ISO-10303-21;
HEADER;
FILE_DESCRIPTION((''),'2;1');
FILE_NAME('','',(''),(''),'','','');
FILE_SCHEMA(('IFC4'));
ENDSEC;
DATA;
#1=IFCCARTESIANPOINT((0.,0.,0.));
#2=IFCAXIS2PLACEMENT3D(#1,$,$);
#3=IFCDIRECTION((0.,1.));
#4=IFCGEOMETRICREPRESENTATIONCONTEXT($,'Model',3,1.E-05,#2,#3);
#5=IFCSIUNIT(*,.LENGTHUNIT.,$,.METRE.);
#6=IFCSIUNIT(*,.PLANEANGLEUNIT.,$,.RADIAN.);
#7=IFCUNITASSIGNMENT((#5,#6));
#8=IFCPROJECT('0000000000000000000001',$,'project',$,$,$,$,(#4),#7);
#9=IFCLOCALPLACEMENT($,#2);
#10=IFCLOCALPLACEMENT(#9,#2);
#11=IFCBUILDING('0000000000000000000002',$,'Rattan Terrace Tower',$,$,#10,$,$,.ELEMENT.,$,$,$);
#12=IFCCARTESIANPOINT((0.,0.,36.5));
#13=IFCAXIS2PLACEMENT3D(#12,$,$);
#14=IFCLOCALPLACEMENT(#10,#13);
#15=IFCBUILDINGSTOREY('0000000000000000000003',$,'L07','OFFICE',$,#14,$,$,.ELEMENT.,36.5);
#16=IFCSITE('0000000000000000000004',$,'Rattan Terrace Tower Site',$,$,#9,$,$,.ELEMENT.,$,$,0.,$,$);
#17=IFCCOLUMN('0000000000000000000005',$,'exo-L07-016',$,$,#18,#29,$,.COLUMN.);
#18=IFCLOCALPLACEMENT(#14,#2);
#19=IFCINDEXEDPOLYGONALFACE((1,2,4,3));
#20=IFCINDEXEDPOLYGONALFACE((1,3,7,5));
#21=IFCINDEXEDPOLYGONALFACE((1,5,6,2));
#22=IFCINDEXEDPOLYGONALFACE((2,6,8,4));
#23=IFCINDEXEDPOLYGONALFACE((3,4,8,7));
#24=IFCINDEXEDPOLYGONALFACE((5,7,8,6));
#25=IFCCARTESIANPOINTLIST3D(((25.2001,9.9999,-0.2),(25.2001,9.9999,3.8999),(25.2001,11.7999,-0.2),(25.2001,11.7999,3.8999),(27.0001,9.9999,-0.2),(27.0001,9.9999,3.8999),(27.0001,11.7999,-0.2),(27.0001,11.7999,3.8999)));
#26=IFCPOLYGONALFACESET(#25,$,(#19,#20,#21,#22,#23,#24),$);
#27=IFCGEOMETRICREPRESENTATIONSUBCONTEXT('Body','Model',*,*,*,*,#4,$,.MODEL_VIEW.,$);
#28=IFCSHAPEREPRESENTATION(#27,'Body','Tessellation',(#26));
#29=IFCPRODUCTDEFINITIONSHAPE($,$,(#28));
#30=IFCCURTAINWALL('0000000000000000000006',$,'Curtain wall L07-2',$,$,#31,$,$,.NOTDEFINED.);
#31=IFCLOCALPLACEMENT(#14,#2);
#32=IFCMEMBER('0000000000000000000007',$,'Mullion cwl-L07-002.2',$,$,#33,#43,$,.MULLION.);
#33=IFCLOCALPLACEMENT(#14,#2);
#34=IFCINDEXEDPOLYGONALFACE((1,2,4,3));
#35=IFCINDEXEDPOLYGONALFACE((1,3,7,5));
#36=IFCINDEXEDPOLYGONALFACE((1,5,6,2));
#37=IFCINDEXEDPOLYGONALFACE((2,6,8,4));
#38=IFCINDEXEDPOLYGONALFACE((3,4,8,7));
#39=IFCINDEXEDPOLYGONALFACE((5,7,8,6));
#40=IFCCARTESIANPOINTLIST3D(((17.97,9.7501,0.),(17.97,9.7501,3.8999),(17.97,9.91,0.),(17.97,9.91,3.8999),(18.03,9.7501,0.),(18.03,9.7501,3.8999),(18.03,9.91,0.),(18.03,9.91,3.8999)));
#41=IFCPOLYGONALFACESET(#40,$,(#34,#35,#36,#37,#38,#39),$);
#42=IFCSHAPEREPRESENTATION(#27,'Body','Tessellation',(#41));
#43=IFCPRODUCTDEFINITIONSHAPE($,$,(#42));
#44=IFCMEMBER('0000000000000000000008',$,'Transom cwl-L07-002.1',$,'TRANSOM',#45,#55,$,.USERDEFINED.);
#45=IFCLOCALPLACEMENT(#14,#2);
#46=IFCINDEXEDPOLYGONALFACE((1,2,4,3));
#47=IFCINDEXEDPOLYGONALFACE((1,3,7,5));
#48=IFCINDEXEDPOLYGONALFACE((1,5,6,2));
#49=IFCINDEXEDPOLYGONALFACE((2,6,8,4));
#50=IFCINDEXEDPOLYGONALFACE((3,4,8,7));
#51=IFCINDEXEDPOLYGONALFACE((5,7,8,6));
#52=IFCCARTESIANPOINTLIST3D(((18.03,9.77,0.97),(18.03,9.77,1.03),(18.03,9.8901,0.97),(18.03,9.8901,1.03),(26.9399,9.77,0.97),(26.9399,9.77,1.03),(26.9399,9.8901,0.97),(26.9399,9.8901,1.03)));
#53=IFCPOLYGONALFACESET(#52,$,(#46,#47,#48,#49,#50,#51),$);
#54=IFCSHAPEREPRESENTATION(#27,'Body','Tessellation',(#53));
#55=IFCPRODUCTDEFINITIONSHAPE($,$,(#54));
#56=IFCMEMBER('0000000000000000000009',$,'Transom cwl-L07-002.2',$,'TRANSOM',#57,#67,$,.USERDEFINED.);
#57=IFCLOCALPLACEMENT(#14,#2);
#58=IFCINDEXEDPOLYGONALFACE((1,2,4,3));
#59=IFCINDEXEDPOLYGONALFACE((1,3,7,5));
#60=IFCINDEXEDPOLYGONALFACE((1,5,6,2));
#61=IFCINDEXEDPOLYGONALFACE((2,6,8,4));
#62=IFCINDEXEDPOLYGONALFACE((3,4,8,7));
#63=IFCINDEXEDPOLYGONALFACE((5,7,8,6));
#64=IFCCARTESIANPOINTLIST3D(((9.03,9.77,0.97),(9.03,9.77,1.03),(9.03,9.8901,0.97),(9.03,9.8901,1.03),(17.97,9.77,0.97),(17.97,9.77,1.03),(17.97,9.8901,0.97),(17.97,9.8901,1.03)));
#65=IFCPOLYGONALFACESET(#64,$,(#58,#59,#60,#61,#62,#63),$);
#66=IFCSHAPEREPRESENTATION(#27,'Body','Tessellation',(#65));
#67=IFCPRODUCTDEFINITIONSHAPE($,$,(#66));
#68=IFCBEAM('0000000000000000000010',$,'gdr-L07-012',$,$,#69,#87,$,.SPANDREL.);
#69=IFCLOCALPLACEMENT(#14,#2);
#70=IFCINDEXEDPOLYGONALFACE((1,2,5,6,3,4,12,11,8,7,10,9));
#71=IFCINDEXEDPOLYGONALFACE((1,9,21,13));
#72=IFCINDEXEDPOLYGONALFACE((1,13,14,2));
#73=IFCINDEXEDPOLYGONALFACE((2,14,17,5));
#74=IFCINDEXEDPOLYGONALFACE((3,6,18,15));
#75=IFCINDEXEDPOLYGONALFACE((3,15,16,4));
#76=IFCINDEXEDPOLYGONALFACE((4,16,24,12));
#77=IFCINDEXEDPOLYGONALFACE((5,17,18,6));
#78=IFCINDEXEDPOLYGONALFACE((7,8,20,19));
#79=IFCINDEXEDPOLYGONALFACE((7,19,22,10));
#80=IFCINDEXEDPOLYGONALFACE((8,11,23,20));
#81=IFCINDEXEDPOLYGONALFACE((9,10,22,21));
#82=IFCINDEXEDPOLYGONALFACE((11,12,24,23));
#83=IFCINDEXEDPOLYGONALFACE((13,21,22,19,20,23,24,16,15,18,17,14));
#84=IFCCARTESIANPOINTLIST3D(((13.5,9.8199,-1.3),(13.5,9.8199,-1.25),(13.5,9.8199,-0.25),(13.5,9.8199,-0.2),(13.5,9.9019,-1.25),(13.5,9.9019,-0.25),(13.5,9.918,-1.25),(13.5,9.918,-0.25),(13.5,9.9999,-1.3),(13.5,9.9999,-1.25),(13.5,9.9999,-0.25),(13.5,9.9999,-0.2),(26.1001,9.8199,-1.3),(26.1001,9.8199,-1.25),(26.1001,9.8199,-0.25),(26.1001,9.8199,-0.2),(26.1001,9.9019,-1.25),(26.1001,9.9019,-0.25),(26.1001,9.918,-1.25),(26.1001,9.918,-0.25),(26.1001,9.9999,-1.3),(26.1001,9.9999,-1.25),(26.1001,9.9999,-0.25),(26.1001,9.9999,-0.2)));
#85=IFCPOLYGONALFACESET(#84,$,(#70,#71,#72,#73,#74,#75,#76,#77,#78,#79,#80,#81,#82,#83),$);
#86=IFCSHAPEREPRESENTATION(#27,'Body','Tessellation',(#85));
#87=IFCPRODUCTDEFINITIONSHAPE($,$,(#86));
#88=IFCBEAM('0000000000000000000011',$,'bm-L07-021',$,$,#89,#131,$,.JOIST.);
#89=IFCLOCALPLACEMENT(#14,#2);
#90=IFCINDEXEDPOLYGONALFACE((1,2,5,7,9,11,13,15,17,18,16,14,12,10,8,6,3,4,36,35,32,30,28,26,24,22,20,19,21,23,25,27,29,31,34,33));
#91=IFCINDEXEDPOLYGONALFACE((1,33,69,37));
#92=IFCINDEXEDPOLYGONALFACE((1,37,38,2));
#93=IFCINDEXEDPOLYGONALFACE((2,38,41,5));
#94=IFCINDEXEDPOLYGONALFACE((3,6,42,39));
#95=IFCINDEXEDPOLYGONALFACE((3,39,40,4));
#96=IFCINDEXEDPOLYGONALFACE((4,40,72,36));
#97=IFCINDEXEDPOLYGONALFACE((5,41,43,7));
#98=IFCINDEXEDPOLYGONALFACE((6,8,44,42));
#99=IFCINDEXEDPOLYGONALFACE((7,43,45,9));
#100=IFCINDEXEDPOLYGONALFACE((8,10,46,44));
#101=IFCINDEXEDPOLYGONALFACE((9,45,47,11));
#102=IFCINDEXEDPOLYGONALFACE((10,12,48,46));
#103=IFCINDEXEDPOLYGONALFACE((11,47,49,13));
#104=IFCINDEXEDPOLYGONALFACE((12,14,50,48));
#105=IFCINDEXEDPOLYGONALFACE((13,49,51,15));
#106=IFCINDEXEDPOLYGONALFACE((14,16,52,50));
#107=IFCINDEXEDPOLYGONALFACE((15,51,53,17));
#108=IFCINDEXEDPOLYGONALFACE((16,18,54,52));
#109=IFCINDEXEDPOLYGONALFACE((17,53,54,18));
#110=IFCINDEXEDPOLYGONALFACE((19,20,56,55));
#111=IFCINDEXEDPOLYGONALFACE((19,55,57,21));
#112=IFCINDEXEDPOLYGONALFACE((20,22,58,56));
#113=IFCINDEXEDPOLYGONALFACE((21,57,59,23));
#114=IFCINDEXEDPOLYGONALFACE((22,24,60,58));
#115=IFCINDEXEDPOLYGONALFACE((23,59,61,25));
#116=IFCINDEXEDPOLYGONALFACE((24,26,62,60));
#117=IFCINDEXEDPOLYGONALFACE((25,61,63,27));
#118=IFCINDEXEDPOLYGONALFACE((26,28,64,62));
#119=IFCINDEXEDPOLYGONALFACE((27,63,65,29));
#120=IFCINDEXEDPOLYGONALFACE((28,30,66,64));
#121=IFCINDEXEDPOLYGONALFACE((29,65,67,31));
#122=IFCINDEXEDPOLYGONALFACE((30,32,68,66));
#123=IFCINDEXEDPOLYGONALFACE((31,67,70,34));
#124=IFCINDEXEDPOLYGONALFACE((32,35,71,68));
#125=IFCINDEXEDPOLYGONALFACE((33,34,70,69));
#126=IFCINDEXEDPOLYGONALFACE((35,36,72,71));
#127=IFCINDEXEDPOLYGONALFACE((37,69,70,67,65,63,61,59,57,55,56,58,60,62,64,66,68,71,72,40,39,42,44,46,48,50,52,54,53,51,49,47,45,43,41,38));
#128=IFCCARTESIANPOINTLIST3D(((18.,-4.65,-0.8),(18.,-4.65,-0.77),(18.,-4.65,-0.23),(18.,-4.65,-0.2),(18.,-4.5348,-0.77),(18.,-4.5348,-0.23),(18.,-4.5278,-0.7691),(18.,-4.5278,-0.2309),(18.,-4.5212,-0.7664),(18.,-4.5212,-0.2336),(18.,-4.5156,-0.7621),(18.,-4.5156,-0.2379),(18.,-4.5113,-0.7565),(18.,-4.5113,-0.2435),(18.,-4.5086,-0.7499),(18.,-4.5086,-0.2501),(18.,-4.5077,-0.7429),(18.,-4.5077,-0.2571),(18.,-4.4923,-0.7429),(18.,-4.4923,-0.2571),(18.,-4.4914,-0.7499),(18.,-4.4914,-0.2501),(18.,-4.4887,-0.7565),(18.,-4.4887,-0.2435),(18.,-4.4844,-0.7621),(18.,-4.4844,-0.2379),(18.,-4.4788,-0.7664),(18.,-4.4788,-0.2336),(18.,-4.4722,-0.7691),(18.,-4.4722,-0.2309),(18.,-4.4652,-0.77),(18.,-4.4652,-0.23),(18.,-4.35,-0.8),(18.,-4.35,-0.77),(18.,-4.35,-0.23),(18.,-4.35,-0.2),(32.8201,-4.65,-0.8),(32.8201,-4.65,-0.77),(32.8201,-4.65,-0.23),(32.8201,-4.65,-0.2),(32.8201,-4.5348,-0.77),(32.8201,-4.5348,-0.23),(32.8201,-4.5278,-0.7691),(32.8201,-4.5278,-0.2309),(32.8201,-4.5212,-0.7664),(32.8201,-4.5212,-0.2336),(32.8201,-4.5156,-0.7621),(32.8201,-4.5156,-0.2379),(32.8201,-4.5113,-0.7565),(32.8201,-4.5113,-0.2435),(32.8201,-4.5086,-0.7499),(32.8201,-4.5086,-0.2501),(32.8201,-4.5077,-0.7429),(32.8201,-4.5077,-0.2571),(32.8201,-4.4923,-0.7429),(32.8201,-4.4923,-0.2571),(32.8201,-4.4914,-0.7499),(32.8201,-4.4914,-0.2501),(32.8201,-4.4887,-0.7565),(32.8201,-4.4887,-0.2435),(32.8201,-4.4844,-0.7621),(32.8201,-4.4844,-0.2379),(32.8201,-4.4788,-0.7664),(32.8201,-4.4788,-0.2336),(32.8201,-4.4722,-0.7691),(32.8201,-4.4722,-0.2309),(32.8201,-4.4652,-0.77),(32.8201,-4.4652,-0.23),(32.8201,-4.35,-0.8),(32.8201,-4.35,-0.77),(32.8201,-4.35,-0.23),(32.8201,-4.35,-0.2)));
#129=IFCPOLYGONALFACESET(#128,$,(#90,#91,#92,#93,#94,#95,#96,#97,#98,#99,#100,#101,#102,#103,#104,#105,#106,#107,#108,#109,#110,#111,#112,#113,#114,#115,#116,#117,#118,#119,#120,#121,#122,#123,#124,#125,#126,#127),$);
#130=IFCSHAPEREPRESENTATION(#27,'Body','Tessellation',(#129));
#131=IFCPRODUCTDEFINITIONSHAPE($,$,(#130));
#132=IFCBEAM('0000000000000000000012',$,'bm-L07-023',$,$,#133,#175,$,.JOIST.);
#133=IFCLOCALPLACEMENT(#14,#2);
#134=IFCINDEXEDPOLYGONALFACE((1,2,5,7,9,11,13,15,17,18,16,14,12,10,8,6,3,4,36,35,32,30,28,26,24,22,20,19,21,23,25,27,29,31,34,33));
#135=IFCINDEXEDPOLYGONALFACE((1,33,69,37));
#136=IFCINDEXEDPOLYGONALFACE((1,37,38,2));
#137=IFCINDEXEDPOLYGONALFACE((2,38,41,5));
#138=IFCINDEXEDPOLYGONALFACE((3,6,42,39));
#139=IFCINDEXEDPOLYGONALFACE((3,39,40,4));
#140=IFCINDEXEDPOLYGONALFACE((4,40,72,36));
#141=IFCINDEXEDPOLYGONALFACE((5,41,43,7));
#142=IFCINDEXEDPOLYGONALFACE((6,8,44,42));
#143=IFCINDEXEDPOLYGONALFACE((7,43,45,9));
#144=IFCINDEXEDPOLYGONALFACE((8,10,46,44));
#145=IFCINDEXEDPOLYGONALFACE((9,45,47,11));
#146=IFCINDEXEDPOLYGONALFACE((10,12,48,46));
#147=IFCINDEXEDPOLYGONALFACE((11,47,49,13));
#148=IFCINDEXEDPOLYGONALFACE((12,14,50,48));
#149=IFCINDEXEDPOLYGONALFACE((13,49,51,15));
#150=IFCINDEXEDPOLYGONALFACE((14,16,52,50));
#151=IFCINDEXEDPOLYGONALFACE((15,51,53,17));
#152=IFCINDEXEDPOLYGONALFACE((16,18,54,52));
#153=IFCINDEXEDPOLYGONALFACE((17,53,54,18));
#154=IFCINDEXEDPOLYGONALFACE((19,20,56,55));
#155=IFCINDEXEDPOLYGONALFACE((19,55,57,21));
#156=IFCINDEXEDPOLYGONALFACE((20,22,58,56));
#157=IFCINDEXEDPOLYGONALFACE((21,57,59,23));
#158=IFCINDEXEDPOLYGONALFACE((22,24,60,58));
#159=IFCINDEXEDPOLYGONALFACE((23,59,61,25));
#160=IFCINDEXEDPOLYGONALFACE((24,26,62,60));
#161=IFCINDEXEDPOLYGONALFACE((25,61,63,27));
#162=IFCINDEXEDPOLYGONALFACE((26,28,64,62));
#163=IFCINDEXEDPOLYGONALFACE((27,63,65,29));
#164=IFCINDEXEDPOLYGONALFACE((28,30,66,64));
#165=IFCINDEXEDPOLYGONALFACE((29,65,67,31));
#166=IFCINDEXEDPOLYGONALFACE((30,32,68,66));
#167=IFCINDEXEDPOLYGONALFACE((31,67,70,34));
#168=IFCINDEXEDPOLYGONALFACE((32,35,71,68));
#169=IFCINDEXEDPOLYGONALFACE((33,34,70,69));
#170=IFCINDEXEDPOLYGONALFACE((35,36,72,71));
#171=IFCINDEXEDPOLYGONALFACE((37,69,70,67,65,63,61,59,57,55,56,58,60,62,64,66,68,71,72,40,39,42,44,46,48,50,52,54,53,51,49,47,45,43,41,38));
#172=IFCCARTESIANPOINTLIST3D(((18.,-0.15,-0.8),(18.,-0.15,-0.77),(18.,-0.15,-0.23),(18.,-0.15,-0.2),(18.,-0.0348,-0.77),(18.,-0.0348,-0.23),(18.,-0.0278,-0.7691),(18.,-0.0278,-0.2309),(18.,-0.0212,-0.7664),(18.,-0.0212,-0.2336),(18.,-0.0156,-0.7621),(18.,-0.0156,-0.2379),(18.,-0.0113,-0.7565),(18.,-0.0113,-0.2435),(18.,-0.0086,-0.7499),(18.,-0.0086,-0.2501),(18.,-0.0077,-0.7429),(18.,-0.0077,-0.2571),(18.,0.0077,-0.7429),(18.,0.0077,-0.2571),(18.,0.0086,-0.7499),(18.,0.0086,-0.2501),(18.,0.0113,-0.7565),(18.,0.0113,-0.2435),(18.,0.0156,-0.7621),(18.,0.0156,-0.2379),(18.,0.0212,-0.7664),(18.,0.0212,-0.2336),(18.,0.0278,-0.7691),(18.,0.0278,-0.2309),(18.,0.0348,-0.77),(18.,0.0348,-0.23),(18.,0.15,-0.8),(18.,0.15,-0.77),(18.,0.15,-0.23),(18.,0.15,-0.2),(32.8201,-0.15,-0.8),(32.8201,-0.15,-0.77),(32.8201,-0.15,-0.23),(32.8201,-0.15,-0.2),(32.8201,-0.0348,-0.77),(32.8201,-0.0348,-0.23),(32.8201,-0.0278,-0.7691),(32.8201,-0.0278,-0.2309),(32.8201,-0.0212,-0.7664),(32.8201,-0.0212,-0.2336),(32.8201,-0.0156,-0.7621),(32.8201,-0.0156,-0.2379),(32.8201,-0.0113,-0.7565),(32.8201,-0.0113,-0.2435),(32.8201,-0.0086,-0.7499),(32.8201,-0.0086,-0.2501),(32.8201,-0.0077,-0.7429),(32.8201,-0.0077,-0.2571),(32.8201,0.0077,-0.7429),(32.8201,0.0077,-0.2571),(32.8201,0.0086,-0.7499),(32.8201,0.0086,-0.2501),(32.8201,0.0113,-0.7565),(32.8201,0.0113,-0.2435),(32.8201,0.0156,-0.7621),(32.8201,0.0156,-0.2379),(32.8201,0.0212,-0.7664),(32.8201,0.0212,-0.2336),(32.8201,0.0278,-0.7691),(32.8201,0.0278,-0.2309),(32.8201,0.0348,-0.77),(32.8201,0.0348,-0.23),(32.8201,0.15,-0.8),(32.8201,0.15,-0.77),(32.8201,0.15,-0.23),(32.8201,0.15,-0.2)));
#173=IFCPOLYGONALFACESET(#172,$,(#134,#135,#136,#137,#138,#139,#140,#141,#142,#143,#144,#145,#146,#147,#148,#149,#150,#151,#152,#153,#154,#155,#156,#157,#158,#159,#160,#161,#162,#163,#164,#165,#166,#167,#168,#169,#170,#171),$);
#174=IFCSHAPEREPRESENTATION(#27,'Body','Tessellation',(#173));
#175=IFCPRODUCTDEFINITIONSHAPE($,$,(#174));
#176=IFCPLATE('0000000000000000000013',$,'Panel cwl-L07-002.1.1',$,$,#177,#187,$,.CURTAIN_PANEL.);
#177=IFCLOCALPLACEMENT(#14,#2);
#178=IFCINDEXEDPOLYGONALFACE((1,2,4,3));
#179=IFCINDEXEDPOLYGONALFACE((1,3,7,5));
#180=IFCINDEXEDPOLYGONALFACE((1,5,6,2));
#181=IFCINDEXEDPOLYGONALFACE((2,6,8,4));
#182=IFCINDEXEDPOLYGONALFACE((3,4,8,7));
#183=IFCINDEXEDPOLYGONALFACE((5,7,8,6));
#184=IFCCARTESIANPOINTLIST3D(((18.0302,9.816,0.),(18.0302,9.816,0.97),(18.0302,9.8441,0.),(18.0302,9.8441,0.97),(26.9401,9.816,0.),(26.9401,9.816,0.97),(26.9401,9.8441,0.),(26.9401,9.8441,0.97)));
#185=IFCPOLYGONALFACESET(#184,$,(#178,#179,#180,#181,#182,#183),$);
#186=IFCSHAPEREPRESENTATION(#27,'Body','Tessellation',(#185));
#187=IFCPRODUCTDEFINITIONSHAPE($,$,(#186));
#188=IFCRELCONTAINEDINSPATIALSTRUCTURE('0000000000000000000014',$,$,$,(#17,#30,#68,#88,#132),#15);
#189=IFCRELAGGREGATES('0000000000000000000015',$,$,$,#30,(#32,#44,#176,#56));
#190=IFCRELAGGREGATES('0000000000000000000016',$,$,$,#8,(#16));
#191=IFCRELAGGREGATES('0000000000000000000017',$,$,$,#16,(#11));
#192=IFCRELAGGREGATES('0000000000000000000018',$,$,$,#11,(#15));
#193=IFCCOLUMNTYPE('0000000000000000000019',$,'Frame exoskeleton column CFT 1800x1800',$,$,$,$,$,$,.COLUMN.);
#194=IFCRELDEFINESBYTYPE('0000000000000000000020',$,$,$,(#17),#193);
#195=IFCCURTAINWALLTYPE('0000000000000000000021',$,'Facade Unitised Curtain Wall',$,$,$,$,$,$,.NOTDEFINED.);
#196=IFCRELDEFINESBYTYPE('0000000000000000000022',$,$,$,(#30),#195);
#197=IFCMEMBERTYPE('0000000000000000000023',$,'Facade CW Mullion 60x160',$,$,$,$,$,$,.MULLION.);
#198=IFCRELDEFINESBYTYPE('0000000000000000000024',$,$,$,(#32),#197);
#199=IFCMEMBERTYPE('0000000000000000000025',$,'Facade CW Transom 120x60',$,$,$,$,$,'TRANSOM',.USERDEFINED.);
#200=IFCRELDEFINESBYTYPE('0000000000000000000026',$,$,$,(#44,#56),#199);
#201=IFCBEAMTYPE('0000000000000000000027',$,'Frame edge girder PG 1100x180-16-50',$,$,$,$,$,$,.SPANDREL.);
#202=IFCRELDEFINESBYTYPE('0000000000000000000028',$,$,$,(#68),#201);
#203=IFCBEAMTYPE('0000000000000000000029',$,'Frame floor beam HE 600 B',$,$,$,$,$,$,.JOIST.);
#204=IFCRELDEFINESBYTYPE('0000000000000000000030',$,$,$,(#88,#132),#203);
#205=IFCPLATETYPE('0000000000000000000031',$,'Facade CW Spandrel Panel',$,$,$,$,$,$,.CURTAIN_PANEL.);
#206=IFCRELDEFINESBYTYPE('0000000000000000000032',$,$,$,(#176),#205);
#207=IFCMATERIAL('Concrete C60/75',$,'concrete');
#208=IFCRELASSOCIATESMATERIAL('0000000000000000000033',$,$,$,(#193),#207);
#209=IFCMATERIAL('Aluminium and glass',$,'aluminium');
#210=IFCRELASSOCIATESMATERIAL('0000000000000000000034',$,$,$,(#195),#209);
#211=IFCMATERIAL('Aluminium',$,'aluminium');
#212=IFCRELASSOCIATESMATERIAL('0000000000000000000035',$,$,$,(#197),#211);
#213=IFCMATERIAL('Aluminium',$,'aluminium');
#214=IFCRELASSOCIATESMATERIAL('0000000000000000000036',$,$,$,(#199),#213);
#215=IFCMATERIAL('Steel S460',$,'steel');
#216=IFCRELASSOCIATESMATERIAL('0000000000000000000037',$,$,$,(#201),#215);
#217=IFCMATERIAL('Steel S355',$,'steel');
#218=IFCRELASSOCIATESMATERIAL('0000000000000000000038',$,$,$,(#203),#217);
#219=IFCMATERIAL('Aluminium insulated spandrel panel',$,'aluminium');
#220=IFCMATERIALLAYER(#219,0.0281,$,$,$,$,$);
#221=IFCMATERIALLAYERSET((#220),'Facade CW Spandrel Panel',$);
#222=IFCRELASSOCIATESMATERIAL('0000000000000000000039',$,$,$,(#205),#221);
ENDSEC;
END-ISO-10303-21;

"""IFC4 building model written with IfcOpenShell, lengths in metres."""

from ifc_helpers import new_model, si_unit, direction, frame, origin, origin_2d, place, context, subcontext, project, spatial, rectangle, i_section, extrude, material, layer, layer_set, material_profile, profile_set, type_object, element, aggregate, save


model = new_model("IFC4")

# Units and contexts
model_context = context("Model", 3, precision=1e-05, world=origin(), true_north=direction((0.0, 1.0)))
body_context = subcontext(model_context, "Body", "Model", "MODEL_VIEW")
ifc_project = project(units=[si_unit("LENGTHUNIT", "METRE"), si_unit("PLANEANGLEUNIT", "RADIAN")], contexts=[model_context])

# Site, building, storey
site_placement = place(None, origin())
site = spatial("IfcSite", under=ifc_project, at=site_placement, Name="Rattan Terrace Tower Site", CompositionType="ELEMENT", RefElevation=0.0)
building_placement = place(site_placement, origin())
building = spatial("IfcBuilding", under=site, at=building_placement, Name="Rattan Terrace Tower", CompositionType="ELEMENT")
storey_placement = place(building_placement, frame((0.0, 0.0, 36.5)))
storey = spatial("IfcBuildingStorey", under=building, at=storey_placement, Name="L07", Description="OFFICE", CompositionType="ELEMENT", Elevation=36.5)

# Column
ifc_material_1 = material(Name="Concrete C60/75", Category="concrete")
ifc_material_profile_1 = material_profile(ifc_material_1, rectangle(XDim=1.8, YDim=1.8, at=origin_2d()), Name="CFT 1800x1800")
ifc_profile_set_1 = profile_set([ifc_material_profile_1], Name="Concrete C60/75")
column_type = type_object("IfcColumnType", Name="Frame exoskeleton column CFT 1800x1800", PredefinedType="COLUMN", material=ifc_profile_set_1)
column_placement = place(storey_placement, frame((26.1001, 10.8999, -0.2), z_axis=(0.0, 0.0, 1.0), x_axis=(1.0, 0.0, 0.0)))
element("IfcColumn", 1, at=column_placement, inside=storey, type_object=column_type, Name="exo-L07-016", PredefinedType="COLUMN", context=body_context, shape_type="SweptSolid", body=[
    extrude(rectangle(XDim=1.8, YDim=1.8, at=origin_2d()), origin(), (0.0, 0.0, 1.0), 4.0999),
])

# Curtain wall, members
ifc_material_2 = material(Name="Aluminium and glass", Category="aluminium")
curtain_wall_type = type_object("IfcCurtainWallType", Name="Facade Unitised Curtain Wall", PredefinedType="NOTDEFINED", material=ifc_material_2)
curtain_wall_placement = place(storey_placement, origin())
curtain_wall = element("IfcCurtainWall", 2, at=curtain_wall_placement, inside=storey, type_object=curtain_wall_type, Name="Curtain wall L07-2", PredefinedType="NOTDEFINED")
ifc_material_3 = material(Name="Aluminium", Category="aluminium")
ifc_material_profile_2 = material_profile(ifc_material_3, rectangle(XDim=0.0601, YDim=0.1599, at=origin_2d()), Name="Aluminium 60x160")
ifc_profile_set_2 = profile_set([ifc_material_profile_2], Name="Aluminium")
member_type_1 = type_object("IfcMemberType", Name="Facade CW Mullion 60x160", PredefinedType="MULLION", material=ifc_profile_set_2)
member_1_placement = place(storey_placement, frame((18.0, 9.8301, 0.0), z_axis=(0.0, 0.0, 1.0), x_axis=(-1.0, 0.0, 0.0)))
member_1 = element("IfcMember", 3, at=member_1_placement, type_object=member_type_1, Name="Mullion cwl-L07-002.2", PredefinedType="MULLION", context=body_context, shape_type="SweptSolid", body=[
    extrude(rectangle(XDim=0.0601, YDim=0.1599, at=origin_2d()), origin(), (0.0, 0.0, 1.0), 3.8999),
])
ifc_material_4 = material(Name="Aluminium", Category="aluminium")
ifc_material_profile_3 = material_profile(ifc_material_4, rectangle(XDim=0.1201, YDim=0.0601, at=origin_2d()), Name="Aluminium 120x60")
ifc_profile_set_3 = profile_set([ifc_material_profile_3], Name="Aluminium")
member_type_2 = type_object("IfcMemberType", Name="Facade CW Transom 120x60", ElementType="TRANSOM", PredefinedType="USERDEFINED", material=ifc_profile_set_3)
member_2_placement = place(storey_placement, frame((26.9399, 9.8301, 1.0), z_axis=(-1.0, 0.0, 0.0), x_axis=(0.0, -1.0, 0.0)))
member_2 = element("IfcMember", 4, at=member_2_placement, type_object=member_type_2, Name="Transom cwl-L07-002.1", ObjectType="TRANSOM", PredefinedType="USERDEFINED", context=body_context, shape_type="SweptSolid", body=[
    extrude(rectangle(XDim=0.1201, YDim=0.0601, at=origin_2d()), origin(), (0.0, 0.0, 1.0), 8.9099),
])
member_3_placement = place(storey_placement, frame((17.97, 9.8301, 1.0), z_axis=(-1.0, 0.0, 0.0), x_axis=(0.0, -1.0, 0.0)))
member_3 = element("IfcMember", 5, at=member_3_placement, type_object=member_type_2, Name="Transom cwl-L07-002.2", ObjectType="TRANSOM", PredefinedType="USERDEFINED", context=body_context, shape_type="SweptSolid", body=[
    extrude(rectangle(XDim=0.1201, YDim=0.0601, at=origin_2d()), origin(), (0.0, 0.0, 1.0), 8.9399),
])

# Beams
ifc_material_5 = material(Name="Steel S460", Category="steel")
ifc_material_profile_4 = material_profile(ifc_material_5, i_section(OverallWidth=0.1799, OverallDepth=1.1001, WebThickness=0.0161, FlangeThickness=0.05, at=origin_2d()), Name="PG 1100x180-16-50")
ifc_profile_set_4 = profile_set([ifc_material_profile_4], Name="Steel S460")
beam_type_1 = type_object("IfcBeamType", Name="Frame edge girder PG 1100x180-16-50", PredefinedType="SPANDREL", material=ifc_profile_set_4)
beam_placement = place(storey_placement, frame((26.1001, 9.9099, -0.75), z_axis=(-1.0, 0.0, 0.0), x_axis=(0.0, -1.0, 0.0)))
element("IfcBeam", 6, at=beam_placement, inside=storey, type_object=beam_type_1, Name="gdr-L07-012", PredefinedType="SPANDREL", context=body_context, shape_type="SweptSolid", body=[
    extrude(i_section(OverallWidth=0.1799, OverallDepth=1.1001, WebThickness=0.0161, FlangeThickness=0.05, at=origin_2d()), origin(), (0.0, 0.0, 1.0), 12.6001),
])
ifc_material_6 = material(Name="Steel S355", Category="steel")
ifc_material_profile_5 = material_profile(ifc_material_6, i_section(OverallWidth=0.3, OverallDepth=0.6001, WebThickness=0.0154, FlangeThickness=0.03, FilletRadius=0.0271, at=origin_2d()), Name="HE 600 B")
ifc_profile_set_5 = profile_set([ifc_material_profile_5], Name="Steel S355")
beam_type_2 = type_object("IfcBeamType", Name="Frame floor beam HE 600 B", PredefinedType="JOIST", material=ifc_profile_set_5)
for number, where, z_axis, x_axis, name in (
    (7, (18.0, -4.5, -0.5), (1.0, 0.0, 0.0), (0.0, 1.0, 0.0), "bm-L07-021"),
    (8, (18.0, 0.0, -0.5), (1.0, 0.0, 0.0), (0.0, 1.0, 0.0), "bm-L07-023"),
):
    element("IfcBeam", number, at=place(storey_placement, frame(where, z_axis=z_axis, x_axis=x_axis)), inside=storey, type_object=beam_type_2, Name=name, PredefinedType="JOIST", context=body_context, shape_type="SweptSolid", body=[
        extrude(i_section(OverallWidth=0.3, OverallDepth=0.6001, WebThickness=0.0154, FlangeThickness=0.03, FilletRadius=0.0271, at=origin_2d()), origin(), (0.0, 0.0, 1.0), 14.8201),
    ])

# Plate
ifc_material_7 = material(Name="Aluminium insulated spandrel panel", Category="aluminium")
ifc_layer_1 = layer(ifc_material_7, 0.0281)
ifc_layer_set_1 = layer_set([ifc_layer_1], Name="Facade CW Spandrel Panel")
plate_type_1 = type_object("IfcPlateType", Name="Facade CW Spandrel Panel", PredefinedType="CURTAIN_PANEL", material=ifc_layer_set_1)
plate_1_placement = place(storey_placement, frame((22.4851, 9.8301, 0.0), z_axis=(0.0, 0.0, 1.0), x_axis=(-1.0, 0.0, 0.0)))
plate_1 = element("IfcPlate", 9, at=plate_1_placement, type_object=plate_type_1, Name="Panel cwl-L07-002.1.1", PredefinedType="CURTAIN_PANEL", context=body_context, shape_type="SweptSolid", body=[
    extrude(rectangle(XDim=8.9099, YDim=0.0281, at=origin_2d()), origin(), (0.0, 0.0, 1.0), 0.97),
])
aggregate(curtain_wall, [member_1, member_2, plate_1, member_3])

save(model, "model.ifc")
